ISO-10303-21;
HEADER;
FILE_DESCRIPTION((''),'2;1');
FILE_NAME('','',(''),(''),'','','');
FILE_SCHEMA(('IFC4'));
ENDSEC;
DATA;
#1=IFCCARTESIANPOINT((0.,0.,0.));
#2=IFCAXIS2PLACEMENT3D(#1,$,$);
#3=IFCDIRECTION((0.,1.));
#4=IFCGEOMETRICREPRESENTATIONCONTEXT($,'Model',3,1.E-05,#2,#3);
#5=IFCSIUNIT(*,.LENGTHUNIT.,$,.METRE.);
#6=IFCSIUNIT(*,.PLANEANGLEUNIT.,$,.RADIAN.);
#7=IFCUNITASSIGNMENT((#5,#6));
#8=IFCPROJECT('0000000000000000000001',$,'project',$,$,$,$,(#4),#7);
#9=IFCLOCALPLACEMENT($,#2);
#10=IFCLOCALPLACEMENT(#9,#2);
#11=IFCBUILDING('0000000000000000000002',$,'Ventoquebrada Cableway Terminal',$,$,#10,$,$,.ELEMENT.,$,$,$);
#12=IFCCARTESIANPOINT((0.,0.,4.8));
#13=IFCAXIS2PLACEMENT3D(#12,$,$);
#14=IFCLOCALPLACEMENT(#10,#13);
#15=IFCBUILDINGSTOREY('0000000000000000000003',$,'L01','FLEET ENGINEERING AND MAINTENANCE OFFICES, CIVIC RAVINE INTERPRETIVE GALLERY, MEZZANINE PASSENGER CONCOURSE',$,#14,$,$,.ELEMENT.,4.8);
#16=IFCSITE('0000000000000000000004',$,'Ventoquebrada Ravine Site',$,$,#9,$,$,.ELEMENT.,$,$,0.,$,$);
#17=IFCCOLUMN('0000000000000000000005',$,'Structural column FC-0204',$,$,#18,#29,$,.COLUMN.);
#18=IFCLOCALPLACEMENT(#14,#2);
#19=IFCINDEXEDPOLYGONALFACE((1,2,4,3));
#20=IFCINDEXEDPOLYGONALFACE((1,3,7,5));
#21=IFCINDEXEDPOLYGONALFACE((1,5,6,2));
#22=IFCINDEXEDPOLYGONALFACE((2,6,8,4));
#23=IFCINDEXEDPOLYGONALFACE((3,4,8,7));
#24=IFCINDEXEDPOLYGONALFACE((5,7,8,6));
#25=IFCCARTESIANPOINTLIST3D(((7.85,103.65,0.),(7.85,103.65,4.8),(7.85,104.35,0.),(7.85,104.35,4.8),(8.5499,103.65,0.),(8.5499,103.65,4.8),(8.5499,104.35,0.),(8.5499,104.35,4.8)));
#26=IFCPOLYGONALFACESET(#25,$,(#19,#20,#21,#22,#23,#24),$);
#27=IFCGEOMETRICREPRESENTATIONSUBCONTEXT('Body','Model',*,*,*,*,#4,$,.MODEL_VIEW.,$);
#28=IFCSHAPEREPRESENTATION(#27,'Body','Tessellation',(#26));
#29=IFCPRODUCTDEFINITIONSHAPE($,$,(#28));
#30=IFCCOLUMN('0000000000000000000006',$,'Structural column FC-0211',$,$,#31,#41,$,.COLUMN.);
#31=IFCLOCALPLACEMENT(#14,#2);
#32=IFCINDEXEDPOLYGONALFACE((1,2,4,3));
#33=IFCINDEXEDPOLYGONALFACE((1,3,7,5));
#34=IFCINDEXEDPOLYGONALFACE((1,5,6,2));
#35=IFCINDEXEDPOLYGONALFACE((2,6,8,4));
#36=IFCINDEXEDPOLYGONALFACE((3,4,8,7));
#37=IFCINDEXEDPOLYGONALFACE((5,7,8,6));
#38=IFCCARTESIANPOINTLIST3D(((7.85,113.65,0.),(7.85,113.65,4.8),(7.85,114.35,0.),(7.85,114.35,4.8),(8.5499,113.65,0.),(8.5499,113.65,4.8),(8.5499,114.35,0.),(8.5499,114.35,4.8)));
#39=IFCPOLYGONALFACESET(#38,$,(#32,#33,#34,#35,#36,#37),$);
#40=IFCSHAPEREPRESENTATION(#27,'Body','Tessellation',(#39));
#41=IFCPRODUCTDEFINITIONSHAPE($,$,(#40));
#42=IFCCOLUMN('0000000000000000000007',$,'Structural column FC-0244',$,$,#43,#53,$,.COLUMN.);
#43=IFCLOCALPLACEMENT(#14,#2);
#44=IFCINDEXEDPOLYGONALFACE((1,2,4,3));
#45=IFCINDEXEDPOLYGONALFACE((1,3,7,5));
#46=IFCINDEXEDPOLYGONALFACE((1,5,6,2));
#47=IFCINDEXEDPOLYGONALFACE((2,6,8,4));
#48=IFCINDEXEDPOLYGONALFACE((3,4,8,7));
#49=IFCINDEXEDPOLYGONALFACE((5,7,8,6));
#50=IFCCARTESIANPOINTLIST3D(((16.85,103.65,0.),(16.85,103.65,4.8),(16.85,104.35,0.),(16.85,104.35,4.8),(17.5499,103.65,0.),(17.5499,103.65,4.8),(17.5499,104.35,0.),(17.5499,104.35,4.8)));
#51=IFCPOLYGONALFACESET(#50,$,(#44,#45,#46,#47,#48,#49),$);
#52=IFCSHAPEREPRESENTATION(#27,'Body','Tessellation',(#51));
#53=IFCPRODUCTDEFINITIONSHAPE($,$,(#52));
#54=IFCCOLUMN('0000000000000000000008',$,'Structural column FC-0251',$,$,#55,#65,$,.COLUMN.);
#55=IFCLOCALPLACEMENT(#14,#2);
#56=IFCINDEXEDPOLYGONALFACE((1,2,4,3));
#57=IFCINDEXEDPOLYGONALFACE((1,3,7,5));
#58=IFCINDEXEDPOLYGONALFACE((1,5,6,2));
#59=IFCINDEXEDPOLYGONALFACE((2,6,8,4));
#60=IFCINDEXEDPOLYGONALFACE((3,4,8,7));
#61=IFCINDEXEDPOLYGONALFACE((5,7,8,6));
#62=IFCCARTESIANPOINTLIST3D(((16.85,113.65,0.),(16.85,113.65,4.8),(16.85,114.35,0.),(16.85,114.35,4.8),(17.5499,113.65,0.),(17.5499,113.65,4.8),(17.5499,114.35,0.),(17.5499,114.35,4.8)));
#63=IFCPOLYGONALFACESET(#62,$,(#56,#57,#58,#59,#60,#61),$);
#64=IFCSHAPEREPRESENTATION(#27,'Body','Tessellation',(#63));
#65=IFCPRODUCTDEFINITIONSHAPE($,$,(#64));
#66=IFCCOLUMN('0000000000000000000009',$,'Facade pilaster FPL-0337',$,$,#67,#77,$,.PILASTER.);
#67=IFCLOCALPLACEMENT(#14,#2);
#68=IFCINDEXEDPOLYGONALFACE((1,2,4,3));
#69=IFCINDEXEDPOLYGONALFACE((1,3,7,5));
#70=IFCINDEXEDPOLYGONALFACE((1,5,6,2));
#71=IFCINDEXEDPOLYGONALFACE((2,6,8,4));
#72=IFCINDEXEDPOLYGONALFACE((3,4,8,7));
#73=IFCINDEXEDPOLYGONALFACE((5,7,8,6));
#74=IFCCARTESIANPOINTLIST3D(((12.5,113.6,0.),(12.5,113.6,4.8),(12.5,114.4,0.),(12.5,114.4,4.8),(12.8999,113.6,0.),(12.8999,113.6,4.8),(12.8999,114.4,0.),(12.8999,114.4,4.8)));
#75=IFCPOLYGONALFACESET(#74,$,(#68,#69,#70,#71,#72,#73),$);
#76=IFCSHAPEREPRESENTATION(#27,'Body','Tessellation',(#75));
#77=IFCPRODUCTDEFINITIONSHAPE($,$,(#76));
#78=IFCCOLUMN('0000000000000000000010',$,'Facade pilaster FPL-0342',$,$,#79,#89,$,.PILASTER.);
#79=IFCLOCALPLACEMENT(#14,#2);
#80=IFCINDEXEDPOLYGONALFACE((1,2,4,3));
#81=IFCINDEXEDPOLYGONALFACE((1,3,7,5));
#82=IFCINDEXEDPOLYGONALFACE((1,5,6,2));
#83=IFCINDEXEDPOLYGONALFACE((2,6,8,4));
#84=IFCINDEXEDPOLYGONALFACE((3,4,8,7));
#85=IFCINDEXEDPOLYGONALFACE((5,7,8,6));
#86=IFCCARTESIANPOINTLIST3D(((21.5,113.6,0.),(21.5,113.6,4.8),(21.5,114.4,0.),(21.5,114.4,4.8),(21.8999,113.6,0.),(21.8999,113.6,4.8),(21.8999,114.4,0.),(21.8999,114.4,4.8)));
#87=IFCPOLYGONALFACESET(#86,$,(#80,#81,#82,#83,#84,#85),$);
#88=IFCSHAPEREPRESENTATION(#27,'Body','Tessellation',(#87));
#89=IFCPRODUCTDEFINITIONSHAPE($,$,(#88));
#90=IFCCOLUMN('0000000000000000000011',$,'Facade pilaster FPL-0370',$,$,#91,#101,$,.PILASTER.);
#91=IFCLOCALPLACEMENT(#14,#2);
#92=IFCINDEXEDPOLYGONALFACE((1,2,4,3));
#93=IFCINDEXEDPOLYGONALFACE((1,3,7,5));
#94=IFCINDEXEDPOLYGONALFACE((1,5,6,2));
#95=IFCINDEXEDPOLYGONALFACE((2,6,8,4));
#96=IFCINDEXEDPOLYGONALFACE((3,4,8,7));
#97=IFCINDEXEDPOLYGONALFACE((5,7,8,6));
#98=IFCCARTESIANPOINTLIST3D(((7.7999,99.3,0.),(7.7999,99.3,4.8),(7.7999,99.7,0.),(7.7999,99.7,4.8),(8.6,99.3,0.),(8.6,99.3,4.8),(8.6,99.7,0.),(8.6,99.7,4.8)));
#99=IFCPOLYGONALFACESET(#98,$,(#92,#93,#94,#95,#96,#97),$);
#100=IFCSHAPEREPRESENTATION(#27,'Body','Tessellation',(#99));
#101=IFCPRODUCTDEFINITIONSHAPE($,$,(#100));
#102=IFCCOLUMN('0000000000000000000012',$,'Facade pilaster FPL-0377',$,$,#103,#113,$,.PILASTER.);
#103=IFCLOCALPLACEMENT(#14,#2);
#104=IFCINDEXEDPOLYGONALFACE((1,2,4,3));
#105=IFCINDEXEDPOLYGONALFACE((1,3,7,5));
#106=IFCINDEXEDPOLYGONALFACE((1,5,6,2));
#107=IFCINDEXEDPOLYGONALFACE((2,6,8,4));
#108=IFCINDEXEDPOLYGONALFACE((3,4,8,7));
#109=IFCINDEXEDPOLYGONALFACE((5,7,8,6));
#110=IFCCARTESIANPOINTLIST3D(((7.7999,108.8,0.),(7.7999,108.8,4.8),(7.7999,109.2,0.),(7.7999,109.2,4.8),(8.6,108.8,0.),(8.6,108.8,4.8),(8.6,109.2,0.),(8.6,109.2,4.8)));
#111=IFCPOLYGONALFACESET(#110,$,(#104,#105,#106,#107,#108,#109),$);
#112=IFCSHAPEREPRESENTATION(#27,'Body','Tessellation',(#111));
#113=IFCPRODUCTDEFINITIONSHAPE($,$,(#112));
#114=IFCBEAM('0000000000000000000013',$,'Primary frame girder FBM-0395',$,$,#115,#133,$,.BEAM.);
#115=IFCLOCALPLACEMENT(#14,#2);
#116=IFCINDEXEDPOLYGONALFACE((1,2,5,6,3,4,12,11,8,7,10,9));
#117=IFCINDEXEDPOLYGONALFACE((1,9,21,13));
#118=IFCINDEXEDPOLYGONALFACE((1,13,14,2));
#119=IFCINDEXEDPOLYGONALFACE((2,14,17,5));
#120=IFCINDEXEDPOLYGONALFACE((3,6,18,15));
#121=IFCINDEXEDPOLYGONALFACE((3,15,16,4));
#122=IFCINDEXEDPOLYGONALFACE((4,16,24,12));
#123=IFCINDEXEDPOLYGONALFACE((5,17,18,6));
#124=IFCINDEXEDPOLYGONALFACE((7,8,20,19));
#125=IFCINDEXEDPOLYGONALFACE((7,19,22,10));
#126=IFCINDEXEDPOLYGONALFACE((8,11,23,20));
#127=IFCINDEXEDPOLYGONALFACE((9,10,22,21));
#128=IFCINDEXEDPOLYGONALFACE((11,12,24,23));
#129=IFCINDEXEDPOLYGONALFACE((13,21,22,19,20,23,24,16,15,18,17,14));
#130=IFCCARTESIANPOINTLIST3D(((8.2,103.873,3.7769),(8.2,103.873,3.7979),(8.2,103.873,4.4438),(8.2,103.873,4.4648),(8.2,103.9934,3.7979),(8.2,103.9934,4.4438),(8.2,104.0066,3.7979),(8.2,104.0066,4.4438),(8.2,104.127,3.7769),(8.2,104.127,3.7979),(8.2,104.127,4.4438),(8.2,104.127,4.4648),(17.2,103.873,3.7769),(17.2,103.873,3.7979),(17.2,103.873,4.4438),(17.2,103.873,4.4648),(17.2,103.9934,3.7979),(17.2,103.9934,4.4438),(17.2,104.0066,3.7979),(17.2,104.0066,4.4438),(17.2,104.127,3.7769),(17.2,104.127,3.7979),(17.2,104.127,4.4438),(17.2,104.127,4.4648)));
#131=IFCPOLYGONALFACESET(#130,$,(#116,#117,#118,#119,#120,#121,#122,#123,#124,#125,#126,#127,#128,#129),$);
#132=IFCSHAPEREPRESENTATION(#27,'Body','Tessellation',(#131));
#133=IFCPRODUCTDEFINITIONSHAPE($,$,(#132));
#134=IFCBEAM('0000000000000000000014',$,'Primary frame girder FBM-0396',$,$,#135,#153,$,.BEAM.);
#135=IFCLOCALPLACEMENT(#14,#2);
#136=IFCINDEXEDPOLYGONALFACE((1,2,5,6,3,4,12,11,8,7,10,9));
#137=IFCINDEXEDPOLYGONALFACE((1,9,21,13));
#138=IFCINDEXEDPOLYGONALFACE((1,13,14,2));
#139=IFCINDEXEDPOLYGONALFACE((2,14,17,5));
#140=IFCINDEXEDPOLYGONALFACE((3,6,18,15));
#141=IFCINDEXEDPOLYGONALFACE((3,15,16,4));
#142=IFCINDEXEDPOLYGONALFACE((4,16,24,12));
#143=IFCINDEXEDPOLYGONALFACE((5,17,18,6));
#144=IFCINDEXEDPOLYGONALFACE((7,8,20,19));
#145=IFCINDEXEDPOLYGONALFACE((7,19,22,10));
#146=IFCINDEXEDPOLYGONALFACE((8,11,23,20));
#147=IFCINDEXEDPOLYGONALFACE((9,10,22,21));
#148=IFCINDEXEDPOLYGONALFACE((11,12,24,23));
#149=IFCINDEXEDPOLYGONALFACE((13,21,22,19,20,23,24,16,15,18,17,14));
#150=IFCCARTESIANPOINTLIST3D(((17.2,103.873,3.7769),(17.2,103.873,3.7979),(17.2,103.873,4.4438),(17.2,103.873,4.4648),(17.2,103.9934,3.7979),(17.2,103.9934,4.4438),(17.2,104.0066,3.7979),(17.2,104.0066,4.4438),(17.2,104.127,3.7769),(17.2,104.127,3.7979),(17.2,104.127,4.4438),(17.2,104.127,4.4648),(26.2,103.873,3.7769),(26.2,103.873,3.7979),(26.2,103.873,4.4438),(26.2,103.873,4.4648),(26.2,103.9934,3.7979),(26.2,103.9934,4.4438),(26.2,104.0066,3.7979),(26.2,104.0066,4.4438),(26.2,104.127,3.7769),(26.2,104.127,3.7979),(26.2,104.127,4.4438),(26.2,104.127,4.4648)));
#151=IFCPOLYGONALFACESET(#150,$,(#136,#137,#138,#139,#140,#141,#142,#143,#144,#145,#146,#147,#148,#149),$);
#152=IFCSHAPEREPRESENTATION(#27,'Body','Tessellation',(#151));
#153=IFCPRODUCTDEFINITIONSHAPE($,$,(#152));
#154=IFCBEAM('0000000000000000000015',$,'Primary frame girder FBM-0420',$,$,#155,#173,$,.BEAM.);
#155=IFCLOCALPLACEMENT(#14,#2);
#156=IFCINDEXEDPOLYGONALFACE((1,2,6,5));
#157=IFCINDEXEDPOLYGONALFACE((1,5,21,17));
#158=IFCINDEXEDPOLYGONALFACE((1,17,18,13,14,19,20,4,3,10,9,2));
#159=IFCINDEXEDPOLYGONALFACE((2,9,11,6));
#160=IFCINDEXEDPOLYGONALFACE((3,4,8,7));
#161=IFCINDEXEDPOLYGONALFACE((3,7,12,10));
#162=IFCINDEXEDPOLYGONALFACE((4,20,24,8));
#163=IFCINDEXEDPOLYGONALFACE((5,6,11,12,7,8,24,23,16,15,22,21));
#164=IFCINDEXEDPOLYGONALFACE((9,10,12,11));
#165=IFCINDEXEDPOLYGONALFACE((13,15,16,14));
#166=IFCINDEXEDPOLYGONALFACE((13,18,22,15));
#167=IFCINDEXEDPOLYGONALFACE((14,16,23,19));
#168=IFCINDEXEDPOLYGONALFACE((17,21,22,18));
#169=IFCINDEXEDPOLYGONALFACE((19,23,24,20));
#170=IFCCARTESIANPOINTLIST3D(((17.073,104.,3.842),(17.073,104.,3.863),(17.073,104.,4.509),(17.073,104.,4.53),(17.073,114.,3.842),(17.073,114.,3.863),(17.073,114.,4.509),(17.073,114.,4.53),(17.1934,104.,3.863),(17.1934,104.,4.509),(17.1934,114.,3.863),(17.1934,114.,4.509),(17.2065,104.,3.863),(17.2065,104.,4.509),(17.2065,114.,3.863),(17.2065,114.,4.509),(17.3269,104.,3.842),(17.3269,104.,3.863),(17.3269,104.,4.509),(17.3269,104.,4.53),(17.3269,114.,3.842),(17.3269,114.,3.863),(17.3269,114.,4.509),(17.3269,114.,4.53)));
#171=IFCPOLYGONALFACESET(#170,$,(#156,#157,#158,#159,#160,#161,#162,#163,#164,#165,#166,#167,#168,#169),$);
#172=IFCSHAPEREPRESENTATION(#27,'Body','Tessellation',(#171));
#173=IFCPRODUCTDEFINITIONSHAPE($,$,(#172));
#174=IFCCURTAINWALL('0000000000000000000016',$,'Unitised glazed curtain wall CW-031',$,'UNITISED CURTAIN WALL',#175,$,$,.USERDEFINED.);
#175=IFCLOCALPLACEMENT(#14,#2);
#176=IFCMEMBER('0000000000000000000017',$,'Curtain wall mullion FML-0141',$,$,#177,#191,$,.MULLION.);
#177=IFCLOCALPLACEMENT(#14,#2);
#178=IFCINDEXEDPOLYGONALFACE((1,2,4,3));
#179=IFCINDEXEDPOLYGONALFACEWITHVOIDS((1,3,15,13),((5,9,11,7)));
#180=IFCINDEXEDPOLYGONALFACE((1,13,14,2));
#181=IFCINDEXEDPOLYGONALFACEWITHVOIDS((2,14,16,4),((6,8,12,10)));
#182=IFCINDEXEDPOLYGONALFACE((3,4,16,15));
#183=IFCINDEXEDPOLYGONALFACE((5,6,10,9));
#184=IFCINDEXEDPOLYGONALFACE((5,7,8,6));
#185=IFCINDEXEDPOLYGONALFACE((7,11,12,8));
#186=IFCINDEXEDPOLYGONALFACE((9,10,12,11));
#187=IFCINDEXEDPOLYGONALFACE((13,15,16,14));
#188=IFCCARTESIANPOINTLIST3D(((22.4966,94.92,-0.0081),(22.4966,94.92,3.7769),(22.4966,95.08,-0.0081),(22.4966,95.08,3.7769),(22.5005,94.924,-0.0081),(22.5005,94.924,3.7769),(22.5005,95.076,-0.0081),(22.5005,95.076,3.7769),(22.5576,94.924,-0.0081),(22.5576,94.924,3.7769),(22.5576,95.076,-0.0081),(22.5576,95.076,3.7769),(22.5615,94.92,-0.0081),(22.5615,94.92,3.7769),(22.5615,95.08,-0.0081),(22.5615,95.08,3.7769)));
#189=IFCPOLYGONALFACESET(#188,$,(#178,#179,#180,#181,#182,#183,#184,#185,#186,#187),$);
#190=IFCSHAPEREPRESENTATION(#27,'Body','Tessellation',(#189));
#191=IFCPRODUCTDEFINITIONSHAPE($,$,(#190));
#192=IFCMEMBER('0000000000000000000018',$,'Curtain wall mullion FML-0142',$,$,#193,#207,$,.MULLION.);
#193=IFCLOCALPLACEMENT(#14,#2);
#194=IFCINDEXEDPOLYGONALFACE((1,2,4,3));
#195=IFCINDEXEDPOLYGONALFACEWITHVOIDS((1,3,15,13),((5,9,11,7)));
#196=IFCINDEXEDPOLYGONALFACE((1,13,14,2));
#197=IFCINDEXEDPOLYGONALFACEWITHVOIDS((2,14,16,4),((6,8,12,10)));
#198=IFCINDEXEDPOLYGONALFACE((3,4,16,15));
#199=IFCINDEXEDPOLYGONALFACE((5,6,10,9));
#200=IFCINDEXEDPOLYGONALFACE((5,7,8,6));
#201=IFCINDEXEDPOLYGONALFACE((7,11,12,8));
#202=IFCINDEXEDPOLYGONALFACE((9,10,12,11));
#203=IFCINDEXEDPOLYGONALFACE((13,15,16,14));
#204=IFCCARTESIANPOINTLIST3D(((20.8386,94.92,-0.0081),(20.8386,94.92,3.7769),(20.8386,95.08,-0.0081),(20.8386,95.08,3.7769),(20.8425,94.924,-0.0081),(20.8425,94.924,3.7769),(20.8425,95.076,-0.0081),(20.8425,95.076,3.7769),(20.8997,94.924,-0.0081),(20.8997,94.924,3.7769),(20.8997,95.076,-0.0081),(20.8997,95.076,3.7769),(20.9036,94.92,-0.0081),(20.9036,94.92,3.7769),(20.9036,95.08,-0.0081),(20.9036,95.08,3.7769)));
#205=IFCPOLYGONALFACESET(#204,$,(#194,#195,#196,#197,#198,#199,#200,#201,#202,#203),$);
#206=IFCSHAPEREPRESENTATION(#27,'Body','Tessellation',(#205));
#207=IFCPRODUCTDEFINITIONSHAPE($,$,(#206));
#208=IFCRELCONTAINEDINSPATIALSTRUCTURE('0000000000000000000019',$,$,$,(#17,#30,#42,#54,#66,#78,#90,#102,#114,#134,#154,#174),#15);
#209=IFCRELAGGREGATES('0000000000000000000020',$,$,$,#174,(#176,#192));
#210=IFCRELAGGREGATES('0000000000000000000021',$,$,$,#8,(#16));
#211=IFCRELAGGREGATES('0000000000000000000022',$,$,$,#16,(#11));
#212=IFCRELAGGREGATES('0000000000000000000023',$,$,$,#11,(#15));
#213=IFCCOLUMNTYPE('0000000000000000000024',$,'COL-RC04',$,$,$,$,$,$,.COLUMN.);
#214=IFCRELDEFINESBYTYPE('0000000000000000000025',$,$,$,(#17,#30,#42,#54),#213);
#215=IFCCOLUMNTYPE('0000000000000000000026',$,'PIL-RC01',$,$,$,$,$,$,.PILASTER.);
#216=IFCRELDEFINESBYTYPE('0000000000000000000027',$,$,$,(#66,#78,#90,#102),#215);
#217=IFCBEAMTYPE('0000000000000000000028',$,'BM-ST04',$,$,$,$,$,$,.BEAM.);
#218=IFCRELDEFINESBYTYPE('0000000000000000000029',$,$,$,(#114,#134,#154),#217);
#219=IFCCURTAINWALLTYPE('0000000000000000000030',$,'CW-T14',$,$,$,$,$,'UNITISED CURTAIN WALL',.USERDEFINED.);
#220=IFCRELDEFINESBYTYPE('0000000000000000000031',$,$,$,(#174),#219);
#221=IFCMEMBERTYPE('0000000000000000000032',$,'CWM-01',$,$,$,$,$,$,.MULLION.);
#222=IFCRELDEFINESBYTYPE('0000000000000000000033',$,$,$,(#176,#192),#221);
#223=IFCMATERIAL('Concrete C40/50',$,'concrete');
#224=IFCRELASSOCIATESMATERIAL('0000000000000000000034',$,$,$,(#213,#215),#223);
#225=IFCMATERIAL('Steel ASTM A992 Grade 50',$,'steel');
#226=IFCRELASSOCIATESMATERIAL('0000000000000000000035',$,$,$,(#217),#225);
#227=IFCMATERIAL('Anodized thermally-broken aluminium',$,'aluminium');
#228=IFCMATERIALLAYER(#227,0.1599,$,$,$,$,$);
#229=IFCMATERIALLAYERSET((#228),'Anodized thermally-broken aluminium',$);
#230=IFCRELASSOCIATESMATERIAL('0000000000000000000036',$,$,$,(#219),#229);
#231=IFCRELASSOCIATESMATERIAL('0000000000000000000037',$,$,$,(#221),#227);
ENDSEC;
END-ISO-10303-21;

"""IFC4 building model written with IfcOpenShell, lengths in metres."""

from ifc_helpers import new_model, si_unit, direction, frame, origin, origin_2d, place, context, subcontext, project, spatial, rectangle, hollow_rectangle, i_section, extrude, material, layer, layer_set, material_profile, profile_set, type_object, element, aggregate, save


model = new_model("IFC4")

# Units and contexts
model_context = context("Model", 3, precision=1e-05, world=origin(), true_north=direction((0.0, 1.0)))
body_context = subcontext(model_context, "Body", "Model", "MODEL_VIEW")
ifc_project = project(units=[si_unit("LENGTHUNIT", "METRE"), si_unit("PLANEANGLEUNIT", "RADIAN")], contexts=[model_context])

# Site, building, storey
site_placement = place(None, origin())
site = spatial("IfcSite", under=ifc_project, at=site_placement, Name="Ventoquebrada Ravine Site", CompositionType="ELEMENT", RefElevation=0.0)
building_placement = place(site_placement, origin())
building = spatial("IfcBuilding", under=site, at=building_placement, Name="Ventoquebrada Cableway Terminal", CompositionType="ELEMENT")
storey_placement = place(building_placement, frame((0.0, 0.0, 4.8)))
storey = spatial("IfcBuildingStorey", under=building, at=storey_placement, Name="L01", Description="FLEET ENGINEERING AND MAINTENANCE OFFICES, CIVIC RAVINE INTERPRETIVE GALLERY, MEZZANINE PASSENGER CONCOURSE", CompositionType="ELEMENT", Elevation=4.8)

# Columns
ifc_material_1 = material(Name="Concrete C40/50", Category="concrete")
ifc_material_profile_1 = material_profile(ifc_material_1, rectangle(XDim=0.7, YDim=0.7, at=origin_2d()), Name="RC-COL-700X700")
ifc_profile_set_1 = profile_set([ifc_material_profile_1], Name="Concrete C40/50")
column_type_1 = type_object("IfcColumnType", Name="COL-RC04", PredefinedType="COLUMN", material=ifc_profile_set_1)
for number, where, z_axis, x_axis, name in (
    (1, (8.2, 104.0, 0.0), (0.0, 0.0, 1.0), (1.0, 0.0, 0.0), "Structural column FC-0204"),
    (2, (8.2, 114.0, 0.0), (0.0, 0.0, 1.0), (1.0, 0.0, 0.0), "Structural column FC-0211"),
    (3, (17.2, 104.0, 0.0), (0.0, 0.0, 1.0), (1.0, 0.0, 0.0), "Structural column FC-0244"),
    (4, (17.2, 114.0, 0.0), (0.0, 0.0, 1.0), (1.0, 0.0, 0.0), "Structural column FC-0251"),
):
    element("IfcColumn", number, at=place(storey_placement, frame(where, z_axis=z_axis, x_axis=x_axis)), inside=storey, type_object=column_type_1, Name=name, PredefinedType="COLUMN", context=body_context, shape_type="SweptSolid", body=[
        extrude(rectangle(XDim=0.7, YDim=0.7, at=origin_2d()), origin(), (0.0, 0.0, 1.0), 4.8),
    ])
ifc_material_profile_2 = material_profile(ifc_material_1, rectangle(XDim=0.3999, YDim=0.8, at=origin_2d()), Name="RC-PIL-400X800")
ifc_profile_set_2 = profile_set([ifc_material_profile_2], Name="Concrete C40/50")
column_type_2 = type_object("IfcColumnType", Name="PIL-RC01", PredefinedType="PILASTER", material=ifc_profile_set_2)
for number, where, z_axis, x_axis, name in (
    (5, (12.7, 114.0, 0.0), (0.0, 0.0, 1.0), (1.0, 0.0, 0.0), "Facade pilaster FPL-0337"),
    (6, (21.7, 114.0, 0.0), (0.0, 0.0, 1.0), (1.0, 0.0, 0.0), "Facade pilaster FPL-0342"),
    (7, (8.2, 99.5, 0.0), (0.0, 0.0, 1.0), (0.0, 1.0, 0.0), "Facade pilaster FPL-0370"),
    (8, (8.2, 109.0, 0.0), (0.0, 0.0, 1.0), (0.0, 1.0, 0.0), "Facade pilaster FPL-0377"),
):
    element("IfcColumn", number, at=place(storey_placement, frame(where, z_axis=z_axis, x_axis=x_axis)), inside=storey, type_object=column_type_2, Name=name, PredefinedType="PILASTER", context=body_context, shape_type="SweptSolid", body=[
        extrude(rectangle(XDim=0.3999, YDim=0.8, at=origin_2d()), origin(), (0.0, 0.0, 1.0), 4.8),
    ])

# Beams
ifc_material_2 = material(Name="Steel ASTM A992 Grade 50", Category="steel")
ifc_material_profile_3 = material_profile(ifc_material_2, i_section(OverallWidth=0.2539, OverallDepth=0.688, WebThickness=0.0132, FlangeThickness=0.021, at=origin_2d()), Name="W27X102")
ifc_profile_set_3 = profile_set([ifc_material_profile_3], Name="Steel ASTM A992 Grade 50")
beam_type_1 = type_object("IfcBeamType", Name="BM-ST04", PredefinedType="BEAM", material=ifc_profile_set_3)
for number, where, z_axis, x_axis, name in (
    (9, (8.2, 104.0, 4.1208), (1.0, 0.0, 0.0), (0.0, 1.0, 0.0), "Primary frame girder FBM-0395"),
    (10, (17.2, 104.0, 4.1208), (1.0, 0.0, 0.0), (0.0, 1.0, 0.0), "Primary frame girder FBM-0396"),
):
    element("IfcBeam", number, at=place(storey_placement, frame(where, z_axis=z_axis, x_axis=x_axis)), inside=storey, type_object=beam_type_1, Name=name, PredefinedType="BEAM", context=body_context, shape_type="SweptSolid", body=[
        extrude(i_section(OverallWidth=0.2539, OverallDepth=0.688, WebThickness=0.0132, FlangeThickness=0.021, at=origin_2d()), origin(), (0.0, 0.0, 1.0), 9.0),
    ])
beam_1_placement = place(storey_placement, frame((17.2, 104.0, 4.186), z_axis=(0.0, 1.0, 0.0), x_axis=(-1.0, 0.0, 0.0)))
element("IfcBeam", 11, at=beam_1_placement, inside=storey, type_object=beam_type_1, Name="Primary frame girder FBM-0420", PredefinedType="BEAM", context=body_context, shape_type="SweptSolid", body=[
    extrude(i_section(OverallWidth=0.2539, OverallDepth=0.688, WebThickness=0.0132, FlangeThickness=0.021, at=origin_2d()), origin(), (0.0, 0.0, 1.0), 10.0),
])

# Curtain wall, members
ifc_material_3 = material(Name="Anodized thermally-broken aluminium", Category="aluminium")
ifc_layer_1 = layer(ifc_material_3, 0.1599)
ifc_layer_set_1 = layer_set([ifc_layer_1], Name="Anodized thermally-broken aluminium")
curtain_wall_type = type_object("IfcCurtainWallType", Name="CW-T14", ElementType="UNITISED CURTAIN WALL", PredefinedType="USERDEFINED", material=ifc_layer_set_1)
curtain_wall_placement = place(storey_placement, origin())
curtain_wall = element("IfcCurtainWall", 12, at=curtain_wall_placement, inside=storey, type_object=curtain_wall_type, Name="Unitised glazed curtain wall CW-031", ObjectType="UNITISED CURTAIN WALL", PredefinedType="USERDEFINED")
ifc_material_profile_4 = material_profile(ifc_material_3, hollow_rectangle(XDim=0.0649, YDim=0.1599, WallThickness=0.0039, at=origin_2d()), Name="CW-MUL-65X160")
ifc_profile_set_4 = profile_set([ifc_material_profile_4], Name="Anodized thermally-broken aluminium")
member_type_1 = type_object("IfcMemberType", Name="CWM-01", PredefinedType="MULLION", material=ifc_profile_set_4)
member_1_placement = place(storey_placement, frame((22.5291, 95.0, -0.0081), z_axis=(0.0, 0.0, 1.0), x_axis=(-1.0, 0.0, 0.0)))
member_1 = element("IfcMember", 13, at=member_1_placement, type_object=member_type_1, Name="Curtain wall mullion FML-0141", PredefinedType="MULLION", context=body_context, shape_type="SweptSolid", body=[
    extrude(hollow_rectangle(XDim=0.0649, YDim=0.1599, WallThickness=0.0039, at=origin_2d()), origin(), (0.0, 0.0, 1.0), 3.7849),
])
member_2_placement = place(storey_placement, frame((20.8711, 95.0, -0.0081), z_axis=(0.0, 0.0, 1.0), x_axis=(-1.0, 0.0, 0.0)))
member_2 = element("IfcMember", 14, at=member_2_placement, type_object=member_type_1, Name="Curtain wall mullion FML-0142", PredefinedType="MULLION", context=body_context, shape_type="SweptSolid", body=[
    extrude(hollow_rectangle(XDim=0.0649, YDim=0.1599, WallThickness=0.0039, at=origin_2d()), origin(), (0.0, 0.0, 1.0), 3.7849),
])

aggregate(curtain_wall, [member_1, member_2])

save(model, "model.ifc")
